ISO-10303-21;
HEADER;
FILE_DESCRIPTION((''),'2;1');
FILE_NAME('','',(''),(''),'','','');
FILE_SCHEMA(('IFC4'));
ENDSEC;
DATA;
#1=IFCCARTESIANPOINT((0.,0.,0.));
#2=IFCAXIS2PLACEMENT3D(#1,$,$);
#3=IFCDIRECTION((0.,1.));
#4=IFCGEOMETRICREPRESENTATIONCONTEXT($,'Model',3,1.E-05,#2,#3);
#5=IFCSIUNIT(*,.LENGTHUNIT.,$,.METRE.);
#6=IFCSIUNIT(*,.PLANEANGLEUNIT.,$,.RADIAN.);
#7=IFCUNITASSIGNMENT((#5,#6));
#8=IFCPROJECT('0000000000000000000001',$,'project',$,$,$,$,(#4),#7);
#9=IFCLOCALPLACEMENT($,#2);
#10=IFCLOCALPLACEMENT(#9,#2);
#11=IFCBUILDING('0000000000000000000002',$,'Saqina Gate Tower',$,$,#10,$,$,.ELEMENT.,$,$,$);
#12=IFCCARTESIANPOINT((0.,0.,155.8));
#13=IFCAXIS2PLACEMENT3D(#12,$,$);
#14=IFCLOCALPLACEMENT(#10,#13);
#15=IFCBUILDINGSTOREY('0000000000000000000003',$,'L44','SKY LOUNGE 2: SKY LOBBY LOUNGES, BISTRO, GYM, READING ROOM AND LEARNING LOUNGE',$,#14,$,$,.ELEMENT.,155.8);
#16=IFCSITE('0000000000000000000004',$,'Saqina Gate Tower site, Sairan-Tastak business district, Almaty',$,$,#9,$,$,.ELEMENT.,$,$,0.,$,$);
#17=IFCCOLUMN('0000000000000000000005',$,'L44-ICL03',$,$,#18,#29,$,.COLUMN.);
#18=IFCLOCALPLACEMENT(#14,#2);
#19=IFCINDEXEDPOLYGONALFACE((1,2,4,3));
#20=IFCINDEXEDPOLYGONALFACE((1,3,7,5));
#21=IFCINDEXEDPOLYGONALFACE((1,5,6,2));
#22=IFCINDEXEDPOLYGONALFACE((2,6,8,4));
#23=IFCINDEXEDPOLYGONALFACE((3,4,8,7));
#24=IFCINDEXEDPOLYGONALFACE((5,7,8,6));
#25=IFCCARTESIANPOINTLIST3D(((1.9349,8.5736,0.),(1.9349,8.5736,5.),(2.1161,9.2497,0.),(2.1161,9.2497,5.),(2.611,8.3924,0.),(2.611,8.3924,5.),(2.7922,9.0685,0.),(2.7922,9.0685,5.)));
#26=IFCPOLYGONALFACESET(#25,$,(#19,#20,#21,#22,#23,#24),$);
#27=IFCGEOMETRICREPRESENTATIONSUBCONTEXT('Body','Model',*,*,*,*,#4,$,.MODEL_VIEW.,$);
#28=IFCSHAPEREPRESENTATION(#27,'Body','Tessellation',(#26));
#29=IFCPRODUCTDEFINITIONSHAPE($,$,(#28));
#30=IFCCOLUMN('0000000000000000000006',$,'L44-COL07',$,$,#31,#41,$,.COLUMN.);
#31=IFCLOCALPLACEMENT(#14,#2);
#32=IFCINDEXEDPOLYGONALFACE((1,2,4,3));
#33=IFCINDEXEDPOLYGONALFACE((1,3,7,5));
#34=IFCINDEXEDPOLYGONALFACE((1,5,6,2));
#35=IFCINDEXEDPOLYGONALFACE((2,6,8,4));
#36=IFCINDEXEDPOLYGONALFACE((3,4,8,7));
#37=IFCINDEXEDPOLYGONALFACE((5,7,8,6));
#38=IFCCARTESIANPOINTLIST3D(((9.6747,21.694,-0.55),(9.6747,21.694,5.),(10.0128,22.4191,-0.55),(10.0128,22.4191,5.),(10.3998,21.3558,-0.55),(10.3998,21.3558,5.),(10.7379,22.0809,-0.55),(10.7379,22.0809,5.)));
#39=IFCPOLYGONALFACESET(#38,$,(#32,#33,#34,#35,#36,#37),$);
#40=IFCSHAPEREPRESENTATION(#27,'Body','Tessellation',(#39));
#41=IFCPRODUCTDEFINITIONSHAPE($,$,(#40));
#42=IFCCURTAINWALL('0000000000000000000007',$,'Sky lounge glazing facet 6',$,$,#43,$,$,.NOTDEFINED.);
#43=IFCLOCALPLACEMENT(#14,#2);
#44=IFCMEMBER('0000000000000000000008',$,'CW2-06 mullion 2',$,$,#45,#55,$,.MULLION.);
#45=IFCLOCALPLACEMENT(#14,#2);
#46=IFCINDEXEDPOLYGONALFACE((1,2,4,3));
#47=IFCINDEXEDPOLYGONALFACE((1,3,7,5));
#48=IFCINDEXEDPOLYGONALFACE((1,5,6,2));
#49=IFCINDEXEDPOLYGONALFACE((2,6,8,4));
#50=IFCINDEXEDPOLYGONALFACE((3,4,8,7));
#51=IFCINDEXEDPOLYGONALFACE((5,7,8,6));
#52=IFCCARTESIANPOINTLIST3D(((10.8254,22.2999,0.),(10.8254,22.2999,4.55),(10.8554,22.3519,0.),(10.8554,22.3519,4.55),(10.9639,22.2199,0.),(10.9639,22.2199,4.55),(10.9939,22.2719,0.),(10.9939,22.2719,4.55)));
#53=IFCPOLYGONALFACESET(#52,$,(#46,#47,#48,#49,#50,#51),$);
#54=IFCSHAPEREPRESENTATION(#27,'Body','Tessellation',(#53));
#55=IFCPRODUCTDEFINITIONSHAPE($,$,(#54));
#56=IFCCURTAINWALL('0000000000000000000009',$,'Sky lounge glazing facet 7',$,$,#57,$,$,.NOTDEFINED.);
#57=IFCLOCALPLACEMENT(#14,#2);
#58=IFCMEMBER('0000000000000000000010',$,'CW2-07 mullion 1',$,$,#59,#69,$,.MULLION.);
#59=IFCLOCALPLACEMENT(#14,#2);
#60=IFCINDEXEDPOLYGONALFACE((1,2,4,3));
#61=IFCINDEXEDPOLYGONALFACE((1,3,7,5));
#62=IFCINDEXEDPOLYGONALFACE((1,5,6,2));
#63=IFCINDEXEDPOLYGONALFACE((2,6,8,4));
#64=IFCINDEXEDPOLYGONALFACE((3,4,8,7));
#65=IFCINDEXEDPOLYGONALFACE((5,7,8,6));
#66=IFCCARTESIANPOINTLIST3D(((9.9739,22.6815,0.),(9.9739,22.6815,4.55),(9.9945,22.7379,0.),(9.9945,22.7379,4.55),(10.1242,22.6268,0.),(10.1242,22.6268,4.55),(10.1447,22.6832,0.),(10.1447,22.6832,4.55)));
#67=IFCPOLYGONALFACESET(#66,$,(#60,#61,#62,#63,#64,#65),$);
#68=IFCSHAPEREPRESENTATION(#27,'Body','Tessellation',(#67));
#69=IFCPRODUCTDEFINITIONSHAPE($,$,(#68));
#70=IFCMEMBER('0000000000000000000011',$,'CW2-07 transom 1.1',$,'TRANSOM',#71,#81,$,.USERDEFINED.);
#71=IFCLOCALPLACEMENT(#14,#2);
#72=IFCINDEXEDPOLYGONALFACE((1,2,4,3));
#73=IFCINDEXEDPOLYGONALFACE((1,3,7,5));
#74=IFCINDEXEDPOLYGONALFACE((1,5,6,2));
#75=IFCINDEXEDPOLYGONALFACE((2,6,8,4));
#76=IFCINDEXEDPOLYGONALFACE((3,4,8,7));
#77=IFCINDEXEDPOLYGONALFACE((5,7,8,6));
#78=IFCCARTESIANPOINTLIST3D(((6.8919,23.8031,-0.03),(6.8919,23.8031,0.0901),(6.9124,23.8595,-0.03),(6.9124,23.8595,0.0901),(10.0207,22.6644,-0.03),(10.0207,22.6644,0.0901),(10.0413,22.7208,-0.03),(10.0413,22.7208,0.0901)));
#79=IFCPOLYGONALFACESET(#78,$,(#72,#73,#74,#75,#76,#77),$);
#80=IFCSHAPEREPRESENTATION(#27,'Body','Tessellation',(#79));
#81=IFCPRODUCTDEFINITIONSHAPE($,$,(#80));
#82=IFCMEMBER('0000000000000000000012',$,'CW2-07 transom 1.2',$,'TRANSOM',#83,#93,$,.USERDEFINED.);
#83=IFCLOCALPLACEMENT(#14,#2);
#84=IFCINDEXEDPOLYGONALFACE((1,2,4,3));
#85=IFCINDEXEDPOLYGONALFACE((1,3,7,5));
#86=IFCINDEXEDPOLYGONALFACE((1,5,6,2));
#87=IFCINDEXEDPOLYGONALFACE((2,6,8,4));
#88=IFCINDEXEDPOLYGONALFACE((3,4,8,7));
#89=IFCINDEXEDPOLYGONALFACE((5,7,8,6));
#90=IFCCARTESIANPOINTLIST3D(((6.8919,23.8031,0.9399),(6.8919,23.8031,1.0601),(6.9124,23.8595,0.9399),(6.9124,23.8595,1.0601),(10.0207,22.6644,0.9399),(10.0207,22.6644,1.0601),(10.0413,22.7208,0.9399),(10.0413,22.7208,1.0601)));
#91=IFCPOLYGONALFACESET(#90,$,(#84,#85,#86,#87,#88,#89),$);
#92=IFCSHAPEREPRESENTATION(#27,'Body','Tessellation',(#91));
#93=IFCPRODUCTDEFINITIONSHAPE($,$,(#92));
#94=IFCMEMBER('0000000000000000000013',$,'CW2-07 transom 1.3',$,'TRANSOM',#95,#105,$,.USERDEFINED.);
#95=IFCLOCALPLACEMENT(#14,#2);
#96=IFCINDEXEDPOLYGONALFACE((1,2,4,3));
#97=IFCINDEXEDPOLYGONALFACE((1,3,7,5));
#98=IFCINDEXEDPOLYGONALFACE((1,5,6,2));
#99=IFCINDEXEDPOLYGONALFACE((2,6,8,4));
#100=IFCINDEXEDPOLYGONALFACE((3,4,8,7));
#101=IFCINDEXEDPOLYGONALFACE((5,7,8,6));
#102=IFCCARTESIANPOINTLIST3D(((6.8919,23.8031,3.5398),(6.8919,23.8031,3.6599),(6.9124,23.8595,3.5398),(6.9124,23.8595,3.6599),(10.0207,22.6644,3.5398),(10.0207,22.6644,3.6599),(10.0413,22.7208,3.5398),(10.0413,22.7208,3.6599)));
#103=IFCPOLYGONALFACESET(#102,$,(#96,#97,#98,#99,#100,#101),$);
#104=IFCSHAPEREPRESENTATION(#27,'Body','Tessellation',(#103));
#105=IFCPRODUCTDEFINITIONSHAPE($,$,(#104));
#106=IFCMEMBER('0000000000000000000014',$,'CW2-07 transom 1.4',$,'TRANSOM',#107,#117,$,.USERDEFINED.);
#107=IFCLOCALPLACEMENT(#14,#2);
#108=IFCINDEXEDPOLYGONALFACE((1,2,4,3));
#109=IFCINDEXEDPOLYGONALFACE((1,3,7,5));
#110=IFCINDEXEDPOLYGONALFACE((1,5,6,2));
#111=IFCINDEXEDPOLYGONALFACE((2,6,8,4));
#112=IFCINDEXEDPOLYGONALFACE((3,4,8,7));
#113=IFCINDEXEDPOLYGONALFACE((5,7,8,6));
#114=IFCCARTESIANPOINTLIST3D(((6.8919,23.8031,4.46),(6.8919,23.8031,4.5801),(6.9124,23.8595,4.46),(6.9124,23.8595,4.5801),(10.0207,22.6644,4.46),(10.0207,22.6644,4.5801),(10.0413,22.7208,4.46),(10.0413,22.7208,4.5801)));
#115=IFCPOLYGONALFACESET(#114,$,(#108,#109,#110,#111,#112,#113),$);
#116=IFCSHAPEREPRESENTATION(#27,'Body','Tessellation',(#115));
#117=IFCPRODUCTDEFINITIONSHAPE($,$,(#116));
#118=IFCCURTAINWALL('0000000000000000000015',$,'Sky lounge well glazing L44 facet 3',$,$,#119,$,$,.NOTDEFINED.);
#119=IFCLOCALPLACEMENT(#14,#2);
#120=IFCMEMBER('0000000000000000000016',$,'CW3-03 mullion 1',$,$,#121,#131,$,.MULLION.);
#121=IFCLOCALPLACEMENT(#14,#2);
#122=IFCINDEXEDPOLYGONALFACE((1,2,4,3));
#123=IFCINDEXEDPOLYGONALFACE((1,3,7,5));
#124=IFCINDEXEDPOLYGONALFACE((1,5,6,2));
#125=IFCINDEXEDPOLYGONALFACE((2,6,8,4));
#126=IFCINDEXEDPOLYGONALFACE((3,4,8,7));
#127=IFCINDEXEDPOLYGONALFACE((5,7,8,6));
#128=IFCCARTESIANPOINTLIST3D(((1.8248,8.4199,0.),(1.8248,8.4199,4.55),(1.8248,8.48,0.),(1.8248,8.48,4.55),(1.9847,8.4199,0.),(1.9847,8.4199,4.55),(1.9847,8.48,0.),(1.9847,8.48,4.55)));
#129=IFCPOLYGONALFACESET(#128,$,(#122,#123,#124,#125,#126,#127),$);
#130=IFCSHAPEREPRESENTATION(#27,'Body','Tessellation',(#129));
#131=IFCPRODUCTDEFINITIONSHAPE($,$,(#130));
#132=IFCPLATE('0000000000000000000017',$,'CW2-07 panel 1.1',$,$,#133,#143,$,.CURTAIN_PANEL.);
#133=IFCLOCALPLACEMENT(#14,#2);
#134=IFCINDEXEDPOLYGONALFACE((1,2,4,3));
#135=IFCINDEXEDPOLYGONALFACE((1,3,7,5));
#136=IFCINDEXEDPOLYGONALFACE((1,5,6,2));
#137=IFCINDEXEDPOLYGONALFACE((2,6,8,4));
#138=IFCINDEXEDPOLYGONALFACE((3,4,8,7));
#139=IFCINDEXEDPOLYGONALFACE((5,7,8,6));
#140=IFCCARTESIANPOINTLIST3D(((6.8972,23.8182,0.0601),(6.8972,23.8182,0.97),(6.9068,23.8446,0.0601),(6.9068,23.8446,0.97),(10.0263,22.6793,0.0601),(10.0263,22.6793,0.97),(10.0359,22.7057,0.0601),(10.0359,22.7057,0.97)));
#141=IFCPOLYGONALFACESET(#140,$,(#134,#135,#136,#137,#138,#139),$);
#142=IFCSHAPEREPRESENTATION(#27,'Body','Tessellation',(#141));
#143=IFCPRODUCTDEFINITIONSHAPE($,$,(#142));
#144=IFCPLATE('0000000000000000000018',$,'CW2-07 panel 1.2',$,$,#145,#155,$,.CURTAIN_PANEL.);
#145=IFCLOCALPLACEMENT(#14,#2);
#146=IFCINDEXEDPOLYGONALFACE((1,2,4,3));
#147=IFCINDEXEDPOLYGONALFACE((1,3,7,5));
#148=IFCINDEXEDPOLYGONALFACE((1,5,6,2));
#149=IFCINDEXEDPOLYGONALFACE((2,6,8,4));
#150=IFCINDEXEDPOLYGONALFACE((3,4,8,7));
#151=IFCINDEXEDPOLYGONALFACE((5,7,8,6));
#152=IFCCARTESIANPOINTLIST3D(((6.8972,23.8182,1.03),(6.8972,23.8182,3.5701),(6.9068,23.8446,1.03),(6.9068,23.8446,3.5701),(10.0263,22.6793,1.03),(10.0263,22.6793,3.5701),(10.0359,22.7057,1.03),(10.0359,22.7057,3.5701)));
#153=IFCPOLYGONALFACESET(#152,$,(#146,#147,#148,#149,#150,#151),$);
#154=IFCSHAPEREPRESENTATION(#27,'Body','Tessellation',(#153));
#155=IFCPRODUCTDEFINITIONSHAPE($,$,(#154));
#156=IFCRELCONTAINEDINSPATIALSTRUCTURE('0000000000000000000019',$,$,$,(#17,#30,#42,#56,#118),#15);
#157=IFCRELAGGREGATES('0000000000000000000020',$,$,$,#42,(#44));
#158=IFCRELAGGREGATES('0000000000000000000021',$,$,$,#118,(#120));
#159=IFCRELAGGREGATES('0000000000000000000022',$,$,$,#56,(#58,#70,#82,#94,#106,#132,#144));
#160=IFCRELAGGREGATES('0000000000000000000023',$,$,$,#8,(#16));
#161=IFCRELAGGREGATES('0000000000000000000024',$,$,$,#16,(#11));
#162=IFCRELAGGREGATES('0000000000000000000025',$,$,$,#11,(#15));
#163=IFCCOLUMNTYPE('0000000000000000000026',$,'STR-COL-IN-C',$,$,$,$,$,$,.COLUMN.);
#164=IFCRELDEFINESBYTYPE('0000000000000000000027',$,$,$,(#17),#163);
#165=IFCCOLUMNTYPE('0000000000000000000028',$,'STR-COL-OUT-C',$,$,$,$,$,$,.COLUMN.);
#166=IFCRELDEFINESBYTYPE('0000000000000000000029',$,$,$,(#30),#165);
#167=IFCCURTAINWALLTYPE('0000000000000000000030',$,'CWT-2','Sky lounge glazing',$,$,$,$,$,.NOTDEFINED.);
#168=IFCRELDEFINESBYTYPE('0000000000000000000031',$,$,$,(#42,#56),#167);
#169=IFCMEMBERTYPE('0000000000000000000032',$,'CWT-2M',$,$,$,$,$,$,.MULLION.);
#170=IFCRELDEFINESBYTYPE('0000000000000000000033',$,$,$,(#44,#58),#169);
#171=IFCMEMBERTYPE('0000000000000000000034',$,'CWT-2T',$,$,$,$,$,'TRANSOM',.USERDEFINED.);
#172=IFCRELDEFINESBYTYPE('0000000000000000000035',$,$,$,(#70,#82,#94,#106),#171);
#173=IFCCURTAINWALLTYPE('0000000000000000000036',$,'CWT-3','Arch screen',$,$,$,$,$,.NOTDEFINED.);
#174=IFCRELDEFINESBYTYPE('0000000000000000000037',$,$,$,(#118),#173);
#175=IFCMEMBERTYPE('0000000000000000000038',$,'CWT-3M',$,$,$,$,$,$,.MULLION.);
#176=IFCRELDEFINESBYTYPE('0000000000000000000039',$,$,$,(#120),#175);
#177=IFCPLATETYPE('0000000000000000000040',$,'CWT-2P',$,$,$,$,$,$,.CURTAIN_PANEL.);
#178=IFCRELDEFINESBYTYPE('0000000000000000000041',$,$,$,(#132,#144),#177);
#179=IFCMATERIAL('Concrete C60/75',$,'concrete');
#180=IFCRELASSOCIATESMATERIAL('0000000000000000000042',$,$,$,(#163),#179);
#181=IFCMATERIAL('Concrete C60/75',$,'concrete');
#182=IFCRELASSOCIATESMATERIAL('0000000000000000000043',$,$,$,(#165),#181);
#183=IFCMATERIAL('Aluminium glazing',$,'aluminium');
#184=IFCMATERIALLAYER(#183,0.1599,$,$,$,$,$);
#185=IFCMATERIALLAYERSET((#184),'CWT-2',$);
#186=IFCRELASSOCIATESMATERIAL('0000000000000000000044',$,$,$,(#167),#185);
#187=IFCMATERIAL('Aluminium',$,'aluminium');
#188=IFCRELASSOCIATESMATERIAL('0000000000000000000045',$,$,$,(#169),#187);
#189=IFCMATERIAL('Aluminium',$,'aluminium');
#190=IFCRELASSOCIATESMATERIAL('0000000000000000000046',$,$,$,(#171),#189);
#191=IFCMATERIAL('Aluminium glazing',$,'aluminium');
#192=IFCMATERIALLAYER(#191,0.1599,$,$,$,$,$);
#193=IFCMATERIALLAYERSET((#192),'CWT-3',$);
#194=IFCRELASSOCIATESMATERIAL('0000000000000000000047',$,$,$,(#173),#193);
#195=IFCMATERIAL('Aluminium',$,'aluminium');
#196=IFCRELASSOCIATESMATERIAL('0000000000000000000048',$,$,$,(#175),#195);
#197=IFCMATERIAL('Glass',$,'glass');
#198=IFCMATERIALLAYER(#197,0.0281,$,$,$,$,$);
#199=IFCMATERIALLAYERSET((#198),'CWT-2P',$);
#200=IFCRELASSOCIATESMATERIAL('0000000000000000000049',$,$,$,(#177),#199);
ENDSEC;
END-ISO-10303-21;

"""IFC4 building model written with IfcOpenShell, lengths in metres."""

from ifc_helpers import new_model, si_unit, direction, frame, origin, origin_2d, place, context, subcontext, project, spatial, rectangle, extrude, material, layer, layer_set, material_profile, profile_set, type_object, element, aggregate, save


model = new_model("IFC4")

# Units and contexts
model_context = context("Model", 3, precision=1e-05, world=origin(), true_north=direction((0.0, 1.0)))
body_context = subcontext(model_context, "Body", "Model", "MODEL_VIEW")
ifc_project = project(units=[si_unit("LENGTHUNIT", "METRE"), si_unit("PLANEANGLEUNIT", "RADIAN")], contexts=[model_context])

# Site, building, storey
site_placement = place(None, origin())
site = spatial("IfcSite", under=ifc_project, at=site_placement, Name="Saqina Gate Tower site, Sairan-Tastak business district, Almaty", CompositionType="ELEMENT", RefElevation=0.0)
building_placement = place(site_placement, origin())
building = spatial("IfcBuilding", under=site, at=building_placement, Name="Saqina Gate Tower", CompositionType="ELEMENT")
storey_placement = place(building_placement, frame((0.0, 0.0, 155.8)))
storey = spatial("IfcBuildingStorey", under=building, at=storey_placement, Name="L44", Description="SKY LOUNGE 2: SKY LOBBY LOUNGES, BISTRO, GYM, READING ROOM AND LEARNING LOUNGE", CompositionType="ELEMENT", Elevation=155.8)

# Columns
ifc_material_1 = material(Name="Concrete C60/75", Category="concrete")
ifc_material_profile_1 = material_profile(ifc_material_1, rectangle(XDim=0.7, YDim=0.7, at=origin_2d()), Name="RC 700x700")
ifc_profile_set_1 = profile_set([ifc_material_profile_1], Name="Concrete C60/75")
column_type_1 = type_object("IfcColumnType", Name="STR-COL-IN-C", PredefinedType="COLUMN", material=ifc_profile_set_1)
column_1_placement = place(storey_placement, frame((2.3635, 8.821, 0.0), z_axis=(0.0, 0.0, 1.0), x_axis=(0.258819, 0.965926, 0.0)))
element("IfcColumn", 1, at=column_1_placement, inside=storey, type_object=column_type_1, Name="L44-ICL03", PredefinedType="COLUMN", context=body_context, shape_type="SweptSolid", body=[
    extrude(rectangle(XDim=0.7, YDim=0.7, at=origin_2d()), origin(), (0.0, 0.0, 1.0), 5.0),
])
ifc_material_2 = material(Name="Concrete C60/75", Category="concrete")
ifc_material_profile_2 = material_profile(ifc_material_2, rectangle(XDim=0.8, YDim=0.8, at=origin_2d()), Name="RC 800x800")
ifc_profile_set_2 = profile_set([ifc_material_profile_2], Name="Concrete C60/75")
column_type_2 = type_object("IfcColumnType", Name="STR-COL-OUT-C", PredefinedType="COLUMN", material=ifc_profile_set_2)
column_2_placement = place(storey_placement, frame((10.2063, 21.8875, -0.55), z_axis=(0.0, 0.0, 1.0), x_axis=(0.422618, 0.906308, 0.0)))
element("IfcColumn", 2, at=column_2_placement, inside=storey, type_object=column_type_2, Name="L44-COL07", PredefinedType="COLUMN", context=body_context, shape_type="SweptSolid", body=[
    extrude(rectangle(XDim=0.8, YDim=0.8, at=origin_2d()), origin(), (0.0, 0.0, 1.0), 5.55),
])

# Curtain wall, member
ifc_material_3 = material(Name="Aluminium glazing", Category="aluminium")
ifc_layer_1 = layer(ifc_material_3, 0.1599)
ifc_layer_set_1 = layer_set([ifc_layer_1], Name="CWT-2")
curtain_wall_type_1 = type_object("IfcCurtainWallType", Name="CWT-2", Description="Sky lounge glazing", PredefinedType="NOTDEFINED", material=ifc_layer_set_1)
curtain_wall_1_placement = place(storey_placement, origin())
curtain_wall_1 = element("IfcCurtainWall", 3, at=curtain_wall_1_placement, inside=storey, type_object=curtain_wall_type_1, Name="Sky lounge glazing facet 6", PredefinedType="NOTDEFINED")
ifc_material_4 = material(Name="Aluminium", Category="aluminium")
ifc_material_profile_3 = material_profile(ifc_material_4, rectangle(XDim=0.0601, YDim=0.1599, at=origin_2d()), Name="Aluminium 60x160")
ifc_profile_set_3 = profile_set([ifc_material_profile_3], Name="Aluminium")
member_type_1 = type_object("IfcMemberType", Name="CWT-2M", PredefinedType="MULLION", material=ifc_profile_set_3)
member_1_placement = place(storey_placement, frame((10.9097, 22.2859, 0.0), z_axis=(0.0, 0.0, 1.0), x_axis=(-0.500014, -0.866017, 0.0)))
member_1 = element("IfcMember", 4, at=member_1_placement, type_object=member_type_1, Name="CW2-06 mullion 2", PredefinedType="MULLION", context=body_context, shape_type="SweptSolid", body=[
    extrude(rectangle(XDim=0.0601, YDim=0.1599, at=origin_2d()), origin(), (0.0, 0.0, 1.0), 4.55),
])
aggregate(curtain_wall_1, [member_1])

# Curtain wall, members
curtain_wall_2_placement = place(storey_placement, origin())
curtain_wall_2 = element("IfcCurtainWall", 5, at=curtain_wall_2_placement, inside=storey, type_object=curtain_wall_type_1, Name="Sky lounge glazing facet 7", PredefinedType="NOTDEFINED")
member_2_placement = place(storey_placement, frame((10.0593, 22.6824, 0.0), z_axis=(0.0, 0.0, 1.0), x_axis=(-0.342025, -0.939691, 0.0)))
member_2 = element("IfcMember", 6, at=member_2_placement, type_object=member_type_1, Name="CW2-07 mullion 1", PredefinedType="MULLION", context=body_context, shape_type="SweptSolid", body=[
    extrude(rectangle(XDim=0.0601, YDim=0.1599, at=origin_2d()), origin(), (0.0, 0.0, 1.0), 4.55),
])
ifc_material_5 = material(Name="Aluminium", Category="aluminium")
ifc_material_profile_4 = material_profile(ifc_material_5, rectangle(XDim=0.0601, YDim=0.1201, at=origin_2d()), Name="Aluminium 60x120")
ifc_profile_set_4 = profile_set([ifc_material_profile_4], Name="Aluminium")
member_type_2 = type_object("IfcMemberType", Name="CWT-2T", ElementType="TRANSOM", PredefinedType="USERDEFINED", material=ifc_profile_set_4)
member_3_placement = place(storey_placement, frame((10.031, 22.6926, 0.03), z_axis=(-0.939708, 0.341979, 0.0), x_axis=(-0.341979, -0.939708, 0.0)))
member_3 = element("IfcMember", 7, at=member_3_placement, type_object=member_type_2, Name="CW2-07 transom 1.1", ObjectType="TRANSOM", PredefinedType="USERDEFINED", context=body_context, shape_type="SweptSolid", body=[
    extrude(rectangle(XDim=0.0601, YDim=0.1201, at=origin_2d()), origin(), (0.0, 0.0, 1.0), 3.3296),
])
member_4_placement = place(storey_placement, frame((10.031, 22.6926, 1.0), z_axis=(-0.939708, 0.341979, 0.0), x_axis=(-0.341979, -0.939708, 0.0)))
member_4 = element("IfcMember", 8, at=member_4_placement, type_object=member_type_2, Name="CW2-07 transom 1.2", ObjectType="TRANSOM", PredefinedType="USERDEFINED", context=body_context, shape_type="SweptSolid", body=[
    extrude(rectangle(XDim=0.0601, YDim=0.1201, at=origin_2d()), origin(), (0.0, 0.0, 1.0), 3.3296),
])
member_5_placement = place(storey_placement, frame((10.031, 22.6926, 3.5999), z_axis=(-0.939708, 0.341979, 0.0), x_axis=(-0.341979, -0.939708, 0.0)))
member_5 = element("IfcMember", 9, at=member_5_placement, type_object=member_type_2, Name="CW2-07 transom 1.3", ObjectType="TRANSOM", PredefinedType="USERDEFINED", context=body_context, shape_type="SweptSolid", body=[
    extrude(rectangle(XDim=0.0601, YDim=0.1201, at=origin_2d()), origin(), (0.0, 0.0, 1.0), 3.3296),
])
member_6_placement = place(storey_placement, frame((10.031, 22.6926, 4.52), z_axis=(-0.939708, 0.341979, 0.0), x_axis=(-0.341979, -0.939708, 0.0)))
member_6 = element("IfcMember", 10, at=member_6_placement, type_object=member_type_2, Name="CW2-07 transom 1.4", ObjectType="TRANSOM", PredefinedType="USERDEFINED", context=body_context, shape_type="SweptSolid", body=[
    extrude(rectangle(XDim=0.0601, YDim=0.1201, at=origin_2d()), origin(), (0.0, 0.0, 1.0), 3.3296),
])

# Curtain wall, member
ifc_material_6 = material(Name="Aluminium glazing", Category="aluminium")
ifc_layer_2 = layer(ifc_material_6, 0.1599)
ifc_layer_set_2 = layer_set([ifc_layer_2], Name="CWT-3")
curtain_wall_type_2 = type_object("IfcCurtainWallType", Name="CWT-3", Description="Arch screen", PredefinedType="NOTDEFINED", material=ifc_layer_set_2)
curtain_wall_3_placement = place(storey_placement, origin())
curtain_wall_3 = element("IfcCurtainWall", 11, at=curtain_wall_3_placement, inside=storey, type_object=curtain_wall_type_2, Name="Sky lounge well glazing L44 facet 3", PredefinedType="NOTDEFINED")
ifc_material_7 = material(Name="Aluminium", Category="aluminium")
ifc_material_profile_5 = material_profile(ifc_material_7, rectangle(XDim=0.0601, YDim=0.1599, at=origin_2d()), Name="Aluminium 60x160")
ifc_profile_set_5 = profile_set([ifc_material_profile_5], Name="Aluminium")
member_type_3 = type_object("IfcMemberType", Name="CWT-3M", PredefinedType="MULLION", material=ifc_profile_set_5)
member_7_placement = place(storey_placement, frame((1.9048, 8.45, 0.0), z_axis=(0.0, 0.0, 1.0), x_axis=(0.0, -1.0, 0.0)))
member_7 = element("IfcMember", 12, at=member_7_placement, type_object=member_type_3, Name="CW3-03 mullion 1", PredefinedType="MULLION", context=body_context, shape_type="SweptSolid", body=[
    extrude(rectangle(XDim=0.0601, YDim=0.1599, at=origin_2d()), origin(), (0.0, 0.0, 1.0), 4.55),
])
aggregate(curtain_wall_3, [member_7])

# Plates
ifc_material_8 = material(Name="Glass", Category="glass")
ifc_layer_3 = layer(ifc_material_8, 0.0281)
ifc_layer_set_3 = layer_set([ifc_layer_3], Name="CWT-2P")
plate_type = type_object("IfcPlateType", Name="CWT-2P", PredefinedType="CURTAIN_PANEL", material=ifc_layer_set_3)
plate_1_placement = place(storey_placement, frame((8.4666, 23.262, 0.0601), z_axis=(0.0, 0.0, 1.0), x_axis=(-0.939691, 0.342025, 0.0)))
plate_1 = element("IfcPlate", 13, at=plate_1_placement, type_object=plate_type, Name="CW2-07 panel 1.1", PredefinedType="CURTAIN_PANEL", context=body_context, shape_type="SweptSolid", body=[
    extrude(rectangle(XDim=3.3298, YDim=0.0281, at=origin_2d()), origin(), (0.0, 0.0, 1.0), 0.9099),
])
plate_2_placement = place(storey_placement, frame((8.4666, 23.262, 1.03), z_axis=(0.0, 0.0, 1.0), x_axis=(-0.939691, 0.342025, 0.0)))
plate_2 = element("IfcPlate", 14, at=plate_2_placement, type_object=plate_type, Name="CW2-07 panel 1.2", PredefinedType="CURTAIN_PANEL", context=body_context, shape_type="SweptSolid", body=[
    extrude(rectangle(XDim=3.3298, YDim=0.0281, at=origin_2d()), origin(), (0.0, 0.0, 1.0), 2.54),
])
aggregate(curtain_wall_2, [member_2, member_3, member_4, member_5, member_6, plate_1, plate_2])

save(model, "model.ifc")
